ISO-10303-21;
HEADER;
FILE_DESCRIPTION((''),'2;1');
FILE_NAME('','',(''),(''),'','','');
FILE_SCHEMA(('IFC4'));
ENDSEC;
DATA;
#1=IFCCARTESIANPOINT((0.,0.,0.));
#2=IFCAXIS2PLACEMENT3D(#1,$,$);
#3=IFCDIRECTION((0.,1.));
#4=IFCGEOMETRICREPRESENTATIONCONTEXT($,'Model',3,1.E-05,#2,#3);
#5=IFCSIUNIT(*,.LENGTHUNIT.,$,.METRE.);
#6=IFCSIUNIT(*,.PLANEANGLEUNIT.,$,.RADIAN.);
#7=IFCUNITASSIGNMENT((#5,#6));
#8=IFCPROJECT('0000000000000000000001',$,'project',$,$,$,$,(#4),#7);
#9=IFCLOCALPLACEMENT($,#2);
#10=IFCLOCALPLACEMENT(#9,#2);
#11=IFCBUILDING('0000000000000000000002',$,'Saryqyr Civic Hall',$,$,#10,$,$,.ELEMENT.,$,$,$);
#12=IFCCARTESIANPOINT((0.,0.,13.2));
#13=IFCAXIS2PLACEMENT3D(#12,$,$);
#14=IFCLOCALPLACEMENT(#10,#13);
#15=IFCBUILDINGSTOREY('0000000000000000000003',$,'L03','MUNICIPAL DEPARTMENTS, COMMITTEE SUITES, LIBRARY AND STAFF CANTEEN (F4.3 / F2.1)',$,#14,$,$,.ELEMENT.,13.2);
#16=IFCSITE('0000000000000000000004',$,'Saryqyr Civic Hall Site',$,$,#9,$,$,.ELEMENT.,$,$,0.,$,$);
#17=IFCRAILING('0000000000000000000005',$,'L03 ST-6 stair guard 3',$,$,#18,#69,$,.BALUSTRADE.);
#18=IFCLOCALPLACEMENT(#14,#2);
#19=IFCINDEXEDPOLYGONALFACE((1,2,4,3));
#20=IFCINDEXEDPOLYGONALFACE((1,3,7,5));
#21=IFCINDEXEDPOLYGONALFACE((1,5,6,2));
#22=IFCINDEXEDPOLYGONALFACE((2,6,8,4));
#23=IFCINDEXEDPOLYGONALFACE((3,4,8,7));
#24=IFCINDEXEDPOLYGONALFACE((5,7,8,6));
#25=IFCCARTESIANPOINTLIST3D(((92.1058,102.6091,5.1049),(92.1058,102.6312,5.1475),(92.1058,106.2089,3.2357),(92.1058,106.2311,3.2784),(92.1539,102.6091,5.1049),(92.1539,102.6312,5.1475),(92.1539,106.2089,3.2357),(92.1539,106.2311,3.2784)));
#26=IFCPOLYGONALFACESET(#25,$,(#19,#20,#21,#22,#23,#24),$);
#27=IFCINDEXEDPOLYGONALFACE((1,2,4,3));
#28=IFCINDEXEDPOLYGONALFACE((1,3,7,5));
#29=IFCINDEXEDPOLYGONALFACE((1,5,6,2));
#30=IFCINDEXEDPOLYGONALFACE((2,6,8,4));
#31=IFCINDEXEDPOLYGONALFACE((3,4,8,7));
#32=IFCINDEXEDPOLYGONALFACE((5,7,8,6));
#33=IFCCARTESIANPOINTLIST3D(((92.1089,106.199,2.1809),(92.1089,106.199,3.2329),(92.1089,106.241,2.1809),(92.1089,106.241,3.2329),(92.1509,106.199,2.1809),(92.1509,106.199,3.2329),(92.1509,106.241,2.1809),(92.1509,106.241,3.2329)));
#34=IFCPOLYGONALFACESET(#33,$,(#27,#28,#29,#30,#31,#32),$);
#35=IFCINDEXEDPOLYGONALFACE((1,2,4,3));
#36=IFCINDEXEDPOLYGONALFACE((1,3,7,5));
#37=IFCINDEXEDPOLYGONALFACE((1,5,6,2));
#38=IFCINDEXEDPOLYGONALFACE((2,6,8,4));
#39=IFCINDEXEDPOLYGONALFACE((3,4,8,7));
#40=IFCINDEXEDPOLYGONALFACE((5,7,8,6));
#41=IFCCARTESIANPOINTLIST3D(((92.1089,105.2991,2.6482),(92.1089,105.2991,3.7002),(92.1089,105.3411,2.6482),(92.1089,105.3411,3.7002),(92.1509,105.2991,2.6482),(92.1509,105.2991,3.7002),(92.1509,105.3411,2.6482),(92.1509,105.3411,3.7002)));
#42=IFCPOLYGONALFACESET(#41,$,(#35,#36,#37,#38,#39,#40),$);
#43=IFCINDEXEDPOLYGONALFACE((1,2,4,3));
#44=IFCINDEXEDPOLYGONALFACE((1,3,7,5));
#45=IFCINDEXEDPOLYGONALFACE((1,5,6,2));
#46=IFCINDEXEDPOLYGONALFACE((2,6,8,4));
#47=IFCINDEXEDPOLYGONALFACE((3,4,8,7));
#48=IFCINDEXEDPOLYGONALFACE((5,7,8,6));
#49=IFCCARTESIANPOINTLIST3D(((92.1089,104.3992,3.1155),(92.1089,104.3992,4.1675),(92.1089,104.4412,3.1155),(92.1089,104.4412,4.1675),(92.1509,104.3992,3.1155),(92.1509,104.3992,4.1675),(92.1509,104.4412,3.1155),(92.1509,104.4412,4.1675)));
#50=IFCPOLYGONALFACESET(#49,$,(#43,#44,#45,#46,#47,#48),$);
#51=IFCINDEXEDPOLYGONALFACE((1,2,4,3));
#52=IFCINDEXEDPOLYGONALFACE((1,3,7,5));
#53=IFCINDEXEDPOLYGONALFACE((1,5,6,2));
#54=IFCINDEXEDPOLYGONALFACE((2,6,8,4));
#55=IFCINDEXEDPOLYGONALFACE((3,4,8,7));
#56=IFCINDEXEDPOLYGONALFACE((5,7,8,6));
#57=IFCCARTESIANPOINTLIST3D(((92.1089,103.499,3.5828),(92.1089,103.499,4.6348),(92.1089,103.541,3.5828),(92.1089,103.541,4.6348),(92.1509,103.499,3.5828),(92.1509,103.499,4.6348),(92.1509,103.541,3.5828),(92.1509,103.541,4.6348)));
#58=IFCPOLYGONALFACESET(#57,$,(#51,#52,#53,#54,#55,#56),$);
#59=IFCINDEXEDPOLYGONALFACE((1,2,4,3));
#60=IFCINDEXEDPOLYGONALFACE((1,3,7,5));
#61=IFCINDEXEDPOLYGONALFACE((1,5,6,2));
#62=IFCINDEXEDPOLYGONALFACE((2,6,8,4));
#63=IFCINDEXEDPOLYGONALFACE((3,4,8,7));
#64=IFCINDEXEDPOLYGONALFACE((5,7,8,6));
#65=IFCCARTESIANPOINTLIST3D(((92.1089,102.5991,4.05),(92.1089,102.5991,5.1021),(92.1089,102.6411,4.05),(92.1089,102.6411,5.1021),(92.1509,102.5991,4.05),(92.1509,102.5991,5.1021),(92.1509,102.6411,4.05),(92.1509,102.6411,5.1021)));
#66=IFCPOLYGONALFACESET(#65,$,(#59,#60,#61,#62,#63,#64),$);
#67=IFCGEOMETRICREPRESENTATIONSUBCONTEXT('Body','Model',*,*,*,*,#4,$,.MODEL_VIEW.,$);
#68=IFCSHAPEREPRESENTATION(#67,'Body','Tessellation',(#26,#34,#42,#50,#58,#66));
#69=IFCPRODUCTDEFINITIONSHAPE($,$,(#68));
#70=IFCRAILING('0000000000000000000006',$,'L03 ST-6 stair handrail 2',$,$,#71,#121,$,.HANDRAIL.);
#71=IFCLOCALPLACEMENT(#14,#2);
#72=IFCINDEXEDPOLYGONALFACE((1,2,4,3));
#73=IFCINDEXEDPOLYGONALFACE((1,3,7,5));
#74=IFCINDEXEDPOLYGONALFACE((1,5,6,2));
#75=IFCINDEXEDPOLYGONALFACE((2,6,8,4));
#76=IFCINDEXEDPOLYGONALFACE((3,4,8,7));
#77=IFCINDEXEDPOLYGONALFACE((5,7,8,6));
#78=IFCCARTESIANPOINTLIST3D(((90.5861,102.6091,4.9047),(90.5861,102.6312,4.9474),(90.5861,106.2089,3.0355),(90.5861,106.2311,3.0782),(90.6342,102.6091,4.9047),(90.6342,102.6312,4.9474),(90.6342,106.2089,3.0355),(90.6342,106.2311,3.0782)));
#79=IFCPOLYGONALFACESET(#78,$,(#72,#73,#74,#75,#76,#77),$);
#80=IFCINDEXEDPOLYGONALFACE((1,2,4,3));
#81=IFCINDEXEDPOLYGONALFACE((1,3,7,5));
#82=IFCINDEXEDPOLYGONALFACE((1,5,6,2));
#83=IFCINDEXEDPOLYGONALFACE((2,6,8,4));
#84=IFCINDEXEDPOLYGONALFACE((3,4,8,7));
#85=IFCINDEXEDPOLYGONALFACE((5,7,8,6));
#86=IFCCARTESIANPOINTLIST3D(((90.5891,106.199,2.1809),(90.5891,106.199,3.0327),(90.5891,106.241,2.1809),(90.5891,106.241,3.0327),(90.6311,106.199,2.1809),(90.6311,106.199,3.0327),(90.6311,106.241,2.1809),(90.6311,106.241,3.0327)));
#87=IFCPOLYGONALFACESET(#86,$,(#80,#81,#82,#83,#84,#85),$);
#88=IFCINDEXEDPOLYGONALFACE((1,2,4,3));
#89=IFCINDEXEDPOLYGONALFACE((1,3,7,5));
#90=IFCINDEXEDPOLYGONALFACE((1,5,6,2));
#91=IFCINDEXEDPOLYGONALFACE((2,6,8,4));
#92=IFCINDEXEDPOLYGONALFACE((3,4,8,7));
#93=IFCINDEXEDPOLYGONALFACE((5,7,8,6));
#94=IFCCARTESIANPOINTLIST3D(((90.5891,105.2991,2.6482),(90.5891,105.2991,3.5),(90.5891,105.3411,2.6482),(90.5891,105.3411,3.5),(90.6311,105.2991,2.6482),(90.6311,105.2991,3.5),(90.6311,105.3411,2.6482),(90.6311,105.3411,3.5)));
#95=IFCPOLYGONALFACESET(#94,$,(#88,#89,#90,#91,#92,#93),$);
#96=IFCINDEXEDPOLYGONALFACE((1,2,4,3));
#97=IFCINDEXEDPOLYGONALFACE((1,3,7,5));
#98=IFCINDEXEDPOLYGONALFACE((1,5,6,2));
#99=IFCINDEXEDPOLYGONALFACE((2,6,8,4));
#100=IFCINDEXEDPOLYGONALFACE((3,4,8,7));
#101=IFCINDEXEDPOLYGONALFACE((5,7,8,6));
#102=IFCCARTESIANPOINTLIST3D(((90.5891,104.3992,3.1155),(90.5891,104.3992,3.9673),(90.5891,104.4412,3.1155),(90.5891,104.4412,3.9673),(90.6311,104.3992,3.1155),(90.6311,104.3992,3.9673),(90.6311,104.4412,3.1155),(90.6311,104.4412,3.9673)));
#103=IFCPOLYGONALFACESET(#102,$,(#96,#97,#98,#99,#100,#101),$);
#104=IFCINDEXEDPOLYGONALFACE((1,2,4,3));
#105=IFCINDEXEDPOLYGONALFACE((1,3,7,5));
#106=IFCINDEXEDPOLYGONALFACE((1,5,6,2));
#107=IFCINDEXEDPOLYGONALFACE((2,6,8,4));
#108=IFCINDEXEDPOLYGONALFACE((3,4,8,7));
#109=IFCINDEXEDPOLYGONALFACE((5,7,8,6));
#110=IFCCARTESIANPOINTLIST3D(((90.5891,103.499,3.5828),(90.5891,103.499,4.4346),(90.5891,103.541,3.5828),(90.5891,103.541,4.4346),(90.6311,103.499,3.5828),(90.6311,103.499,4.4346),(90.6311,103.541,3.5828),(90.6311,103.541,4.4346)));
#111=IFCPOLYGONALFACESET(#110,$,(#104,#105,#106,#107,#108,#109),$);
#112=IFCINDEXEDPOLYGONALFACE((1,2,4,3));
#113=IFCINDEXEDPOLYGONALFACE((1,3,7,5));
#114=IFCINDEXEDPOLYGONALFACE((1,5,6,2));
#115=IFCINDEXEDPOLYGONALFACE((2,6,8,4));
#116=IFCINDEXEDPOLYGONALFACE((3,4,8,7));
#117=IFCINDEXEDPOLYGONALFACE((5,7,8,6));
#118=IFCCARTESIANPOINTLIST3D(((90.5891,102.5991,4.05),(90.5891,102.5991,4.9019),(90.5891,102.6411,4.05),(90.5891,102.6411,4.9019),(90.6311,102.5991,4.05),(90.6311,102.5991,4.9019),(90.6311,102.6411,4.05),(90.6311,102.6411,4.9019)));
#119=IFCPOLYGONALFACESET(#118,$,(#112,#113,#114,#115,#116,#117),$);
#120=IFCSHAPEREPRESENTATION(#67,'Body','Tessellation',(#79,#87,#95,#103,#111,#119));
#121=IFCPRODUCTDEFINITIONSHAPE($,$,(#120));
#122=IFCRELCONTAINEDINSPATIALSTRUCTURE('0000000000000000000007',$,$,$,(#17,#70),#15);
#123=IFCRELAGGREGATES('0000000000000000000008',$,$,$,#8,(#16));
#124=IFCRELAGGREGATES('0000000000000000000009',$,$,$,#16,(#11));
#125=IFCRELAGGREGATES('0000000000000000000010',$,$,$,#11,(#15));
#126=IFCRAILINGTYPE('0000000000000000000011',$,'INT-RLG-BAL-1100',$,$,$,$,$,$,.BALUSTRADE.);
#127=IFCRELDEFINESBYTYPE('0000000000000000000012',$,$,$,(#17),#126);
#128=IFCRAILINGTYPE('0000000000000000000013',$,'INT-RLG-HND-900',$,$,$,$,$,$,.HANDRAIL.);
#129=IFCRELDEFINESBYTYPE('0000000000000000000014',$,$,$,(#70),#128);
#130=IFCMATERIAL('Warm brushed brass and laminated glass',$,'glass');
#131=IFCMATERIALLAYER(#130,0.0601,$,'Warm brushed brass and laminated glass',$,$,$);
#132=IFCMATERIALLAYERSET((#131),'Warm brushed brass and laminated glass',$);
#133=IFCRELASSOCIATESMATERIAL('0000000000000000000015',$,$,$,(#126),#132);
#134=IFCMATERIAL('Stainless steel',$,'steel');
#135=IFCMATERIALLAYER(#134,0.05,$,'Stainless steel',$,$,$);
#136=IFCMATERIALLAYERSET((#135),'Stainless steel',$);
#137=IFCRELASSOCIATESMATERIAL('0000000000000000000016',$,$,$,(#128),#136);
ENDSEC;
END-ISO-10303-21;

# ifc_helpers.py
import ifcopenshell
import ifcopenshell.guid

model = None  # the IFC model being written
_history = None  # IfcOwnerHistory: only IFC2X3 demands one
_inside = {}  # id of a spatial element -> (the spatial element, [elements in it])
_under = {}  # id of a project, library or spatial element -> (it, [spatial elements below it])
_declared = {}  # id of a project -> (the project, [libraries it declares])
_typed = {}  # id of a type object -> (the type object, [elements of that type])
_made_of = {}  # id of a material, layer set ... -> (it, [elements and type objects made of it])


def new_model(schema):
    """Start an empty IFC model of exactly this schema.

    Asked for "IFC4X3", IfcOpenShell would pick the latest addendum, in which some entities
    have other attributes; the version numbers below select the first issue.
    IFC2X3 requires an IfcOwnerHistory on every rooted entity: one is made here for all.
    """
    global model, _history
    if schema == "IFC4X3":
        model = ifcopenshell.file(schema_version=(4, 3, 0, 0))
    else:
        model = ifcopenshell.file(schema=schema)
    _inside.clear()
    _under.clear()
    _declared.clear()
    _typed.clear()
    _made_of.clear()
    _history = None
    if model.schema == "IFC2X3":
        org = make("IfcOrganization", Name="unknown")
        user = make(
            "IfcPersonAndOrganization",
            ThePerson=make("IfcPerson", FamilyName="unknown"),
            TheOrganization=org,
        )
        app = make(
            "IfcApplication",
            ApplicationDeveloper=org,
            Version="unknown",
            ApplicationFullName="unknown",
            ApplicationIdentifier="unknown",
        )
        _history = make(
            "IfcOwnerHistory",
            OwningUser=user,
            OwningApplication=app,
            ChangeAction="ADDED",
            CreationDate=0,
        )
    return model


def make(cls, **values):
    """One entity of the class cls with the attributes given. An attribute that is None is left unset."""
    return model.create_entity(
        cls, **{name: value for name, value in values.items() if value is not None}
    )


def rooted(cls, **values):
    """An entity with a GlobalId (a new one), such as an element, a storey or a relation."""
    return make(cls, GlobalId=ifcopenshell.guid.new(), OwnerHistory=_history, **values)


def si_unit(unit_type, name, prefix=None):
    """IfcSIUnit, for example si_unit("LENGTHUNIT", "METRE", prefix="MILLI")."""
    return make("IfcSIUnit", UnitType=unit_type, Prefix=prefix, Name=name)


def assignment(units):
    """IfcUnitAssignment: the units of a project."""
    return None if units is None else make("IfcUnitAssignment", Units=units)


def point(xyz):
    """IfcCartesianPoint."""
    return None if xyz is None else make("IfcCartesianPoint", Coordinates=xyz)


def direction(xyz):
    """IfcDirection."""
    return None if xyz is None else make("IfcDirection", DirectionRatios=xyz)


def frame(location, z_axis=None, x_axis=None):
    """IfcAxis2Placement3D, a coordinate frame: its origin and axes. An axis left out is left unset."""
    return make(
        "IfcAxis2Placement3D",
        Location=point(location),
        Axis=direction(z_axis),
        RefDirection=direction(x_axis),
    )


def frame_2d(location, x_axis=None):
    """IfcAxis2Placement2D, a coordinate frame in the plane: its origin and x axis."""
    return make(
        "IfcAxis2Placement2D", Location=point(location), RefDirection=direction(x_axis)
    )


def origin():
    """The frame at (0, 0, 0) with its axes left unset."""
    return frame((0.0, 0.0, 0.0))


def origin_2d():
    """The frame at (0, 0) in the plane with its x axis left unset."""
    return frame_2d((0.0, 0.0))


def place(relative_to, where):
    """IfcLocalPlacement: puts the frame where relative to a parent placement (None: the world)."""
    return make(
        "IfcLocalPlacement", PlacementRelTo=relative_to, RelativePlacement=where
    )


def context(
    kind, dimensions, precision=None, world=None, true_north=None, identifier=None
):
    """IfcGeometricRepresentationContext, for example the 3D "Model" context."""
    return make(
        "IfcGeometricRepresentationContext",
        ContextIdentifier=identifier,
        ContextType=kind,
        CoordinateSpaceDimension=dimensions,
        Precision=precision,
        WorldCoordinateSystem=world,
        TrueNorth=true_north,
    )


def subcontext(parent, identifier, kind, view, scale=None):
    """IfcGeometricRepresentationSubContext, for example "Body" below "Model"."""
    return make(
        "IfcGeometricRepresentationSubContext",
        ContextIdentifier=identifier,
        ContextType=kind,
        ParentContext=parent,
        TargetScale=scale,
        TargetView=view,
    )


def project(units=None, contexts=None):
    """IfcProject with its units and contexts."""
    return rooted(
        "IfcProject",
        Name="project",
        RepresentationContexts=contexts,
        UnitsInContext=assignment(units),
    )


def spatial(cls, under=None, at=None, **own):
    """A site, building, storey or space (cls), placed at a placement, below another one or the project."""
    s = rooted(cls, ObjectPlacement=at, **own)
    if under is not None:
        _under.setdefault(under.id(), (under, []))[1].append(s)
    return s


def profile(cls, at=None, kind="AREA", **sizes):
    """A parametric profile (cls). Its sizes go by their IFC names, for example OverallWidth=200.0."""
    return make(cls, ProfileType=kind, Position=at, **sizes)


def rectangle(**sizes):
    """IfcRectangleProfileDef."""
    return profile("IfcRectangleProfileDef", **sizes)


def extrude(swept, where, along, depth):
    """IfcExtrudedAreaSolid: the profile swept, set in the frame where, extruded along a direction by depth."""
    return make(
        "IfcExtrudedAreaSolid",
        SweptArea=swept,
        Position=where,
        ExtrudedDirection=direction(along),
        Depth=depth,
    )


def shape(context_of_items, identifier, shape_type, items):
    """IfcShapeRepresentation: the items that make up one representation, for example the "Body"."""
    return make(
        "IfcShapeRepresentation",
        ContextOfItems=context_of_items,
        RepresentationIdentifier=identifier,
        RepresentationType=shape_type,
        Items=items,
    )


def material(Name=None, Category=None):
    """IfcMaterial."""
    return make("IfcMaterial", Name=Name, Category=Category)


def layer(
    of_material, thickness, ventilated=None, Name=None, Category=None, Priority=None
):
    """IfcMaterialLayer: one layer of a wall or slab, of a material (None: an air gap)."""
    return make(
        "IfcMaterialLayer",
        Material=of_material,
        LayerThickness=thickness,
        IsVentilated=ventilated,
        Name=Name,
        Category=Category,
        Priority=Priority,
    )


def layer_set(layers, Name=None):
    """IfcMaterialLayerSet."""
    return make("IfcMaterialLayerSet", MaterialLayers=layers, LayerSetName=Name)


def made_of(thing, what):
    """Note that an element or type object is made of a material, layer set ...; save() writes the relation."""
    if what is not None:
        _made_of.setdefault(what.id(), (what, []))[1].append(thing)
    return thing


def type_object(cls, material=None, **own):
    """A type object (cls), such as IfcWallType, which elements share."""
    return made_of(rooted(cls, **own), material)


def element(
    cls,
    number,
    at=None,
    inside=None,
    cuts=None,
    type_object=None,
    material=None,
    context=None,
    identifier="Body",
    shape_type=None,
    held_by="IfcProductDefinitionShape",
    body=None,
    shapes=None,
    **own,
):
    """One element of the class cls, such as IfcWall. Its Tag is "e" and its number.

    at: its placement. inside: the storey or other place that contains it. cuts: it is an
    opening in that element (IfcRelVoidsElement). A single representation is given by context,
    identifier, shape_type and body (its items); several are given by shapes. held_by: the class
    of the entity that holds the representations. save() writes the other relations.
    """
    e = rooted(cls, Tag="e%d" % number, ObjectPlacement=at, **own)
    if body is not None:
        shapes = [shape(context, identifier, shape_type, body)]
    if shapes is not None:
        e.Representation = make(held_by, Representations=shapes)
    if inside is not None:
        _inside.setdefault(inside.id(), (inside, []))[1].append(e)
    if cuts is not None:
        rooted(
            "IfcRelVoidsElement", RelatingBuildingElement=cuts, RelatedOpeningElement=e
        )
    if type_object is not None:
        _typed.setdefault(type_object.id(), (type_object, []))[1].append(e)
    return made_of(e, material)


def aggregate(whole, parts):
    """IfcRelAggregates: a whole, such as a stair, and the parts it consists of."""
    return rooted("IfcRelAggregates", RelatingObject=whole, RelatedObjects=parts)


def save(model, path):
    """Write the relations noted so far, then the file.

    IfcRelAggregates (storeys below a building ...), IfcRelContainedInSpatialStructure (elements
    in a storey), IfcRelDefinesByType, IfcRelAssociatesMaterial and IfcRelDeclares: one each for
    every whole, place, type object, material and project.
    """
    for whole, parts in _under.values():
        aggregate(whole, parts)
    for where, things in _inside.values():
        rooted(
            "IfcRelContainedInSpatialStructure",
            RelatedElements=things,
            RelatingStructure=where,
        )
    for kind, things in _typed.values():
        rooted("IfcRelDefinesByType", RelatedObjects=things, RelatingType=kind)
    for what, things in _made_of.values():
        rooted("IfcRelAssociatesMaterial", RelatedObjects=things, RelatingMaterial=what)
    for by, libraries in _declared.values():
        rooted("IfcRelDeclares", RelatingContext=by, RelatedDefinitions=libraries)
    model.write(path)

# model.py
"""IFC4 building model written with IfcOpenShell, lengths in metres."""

from ifc_helpers import new_model, si_unit, direction, frame, origin, origin_2d, place, context, subcontext, project, spatial, rectangle, extrude, material, layer, layer_set, type_object, element, save


model = new_model("IFC4")

# Units and contexts
model_context = context("Model", 3, precision=1e-05, world=origin(), true_north=direction((0.0, 1.0)))
body_context = subcontext(model_context, "Body", "Model", "MODEL_VIEW")
ifc_project = project(units=[si_unit("LENGTHUNIT", "METRE"), si_unit("PLANEANGLEUNIT", "RADIAN")], contexts=[model_context])

# Site, building, storey
site_placement = place(None, origin())
site = spatial("IfcSite", under=ifc_project, at=site_placement, Name="Saryqyr Civic Hall Site", CompositionType="ELEMENT", RefElevation=0.0)
building_placement = place(site_placement, origin())
building = spatial("IfcBuilding", under=site, at=building_placement, Name="Saryqyr Civic Hall", CompositionType="ELEMENT")
storey_placement = place(building_placement, frame((0.0, 0.0, 13.2)))
storey = spatial("IfcBuildingStorey", under=building, at=storey_placement, Name="L03", Description="MUNICIPAL DEPARTMENTS, COMMITTEE SUITES, LIBRARY AND STAFF CANTEEN (F4.3 / F2.1)", CompositionType="ELEMENT", Elevation=13.2)

# Railings
ifc_material_1 = material(Name="Warm brushed brass and laminated glass", Category="glass")
ifc_layer_1 = layer(ifc_material_1, 0.0601, Name="Warm brushed brass and laminated glass")
ifc_layer_set_1 = layer_set([ifc_layer_1], Name="Warm brushed brass and laminated glass")
railing_type_1 = type_object("IfcRailingType", Name="INT-RLG-BAL-1100", PredefinedType="BALUSTRADE", material=ifc_layer_set_1)
railing_1_placement = place(storey_placement, frame((92.1299, 106.22, 2.1809)))
element("IfcRailing", 1, at=railing_1_placement, inside=storey, type_object=railing_type_1, Name="L03 ST-6 stair guard 3", PredefinedType="BALUSTRADE", context=body_context, shape_type="SweptSolid", body=[
    extrude(rectangle(XDim=0.0481, YDim=0.0481, at=origin_2d()), frame((0.0, 0.0, 1.0762), z_axis=(0.0, -0.887497, 0.460813), x_axis=(1.0, 0.0, 0.0)), (0.0, 0.0, 1.0), 4.0562),
    extrude(rectangle(XDim=0.042, YDim=0.042, at=origin_2d()), origin(), (0.0, 0.0, 1.0), 1.052),
    extrude(rectangle(XDim=0.042, YDim=0.042, at=origin_2d()), frame((0.0, -0.8999, 0.4673)), (0.0, 0.0, 1.0), 1.052),
    extrude(rectangle(XDim=0.042, YDim=0.042, at=origin_2d()), frame((0.0, -1.7998, 0.9346)), (0.0, 0.0, 1.0), 1.052),
    extrude(rectangle(XDim=0.042, YDim=0.042, at=origin_2d()), frame((0.0, -2.7, 1.4019)), (0.0, 0.0, 1.0), 1.052),
    extrude(rectangle(XDim=0.042, YDim=0.042, at=origin_2d()), frame((0.0, -3.5999, 1.8691)), (0.0, 0.0, 1.0), 1.052),
])
ifc_material_2 = material(Name="Stainless steel", Category="steel")
ifc_layer_2 = layer(ifc_material_2, 0.05, Name="Stainless steel")
ifc_layer_set_2 = layer_set([ifc_layer_2], Name="Stainless steel")
railing_type_2 = type_object("IfcRailingType", Name="INT-RLG-HND-900", PredefinedType="HANDRAIL", material=ifc_layer_set_2)
railing_2_placement = place(storey_placement, frame((90.6101, 106.22, 2.1809)))
element("IfcRailing", 2, at=railing_2_placement, inside=storey, type_object=railing_type_2, Name="L03 ST-6 stair handrail 2", PredefinedType="HANDRAIL", context=body_context, shape_type="SweptSolid", body=[
    extrude(rectangle(XDim=0.0481, YDim=0.0481, at=origin_2d()), frame((0.0, 0.0, 0.876), z_axis=(0.0, -0.887497, 0.460813), x_axis=(1.0, 0.0, 0.0)), (0.0, 0.0, 1.0), 4.0562),
    extrude(rectangle(XDim=0.042, YDim=0.042, at=origin_2d()), origin(), (0.0, 0.0, 1.0), 0.8518),
    extrude(rectangle(XDim=0.042, YDim=0.042, at=origin_2d()), frame((0.0, -0.8999, 0.4673)), (0.0, 0.0, 1.0), 0.8518),
    extrude(rectangle(XDim=0.042, YDim=0.042, at=origin_2d()), frame((0.0, -1.7998, 0.9346)), (0.0, 0.0, 1.0), 0.8518),
    extrude(rectangle(XDim=0.042, YDim=0.042, at=origin_2d()), frame((0.0, -2.7, 1.4019)), (0.0, 0.0, 1.0), 0.8518),
    extrude(rectangle(XDim=0.042, YDim=0.042, at=origin_2d()), frame((0.0, -3.5999, 1.8691)), (0.0, 0.0, 1.0), 0.8518),
])

save(model, "model.ifc")
